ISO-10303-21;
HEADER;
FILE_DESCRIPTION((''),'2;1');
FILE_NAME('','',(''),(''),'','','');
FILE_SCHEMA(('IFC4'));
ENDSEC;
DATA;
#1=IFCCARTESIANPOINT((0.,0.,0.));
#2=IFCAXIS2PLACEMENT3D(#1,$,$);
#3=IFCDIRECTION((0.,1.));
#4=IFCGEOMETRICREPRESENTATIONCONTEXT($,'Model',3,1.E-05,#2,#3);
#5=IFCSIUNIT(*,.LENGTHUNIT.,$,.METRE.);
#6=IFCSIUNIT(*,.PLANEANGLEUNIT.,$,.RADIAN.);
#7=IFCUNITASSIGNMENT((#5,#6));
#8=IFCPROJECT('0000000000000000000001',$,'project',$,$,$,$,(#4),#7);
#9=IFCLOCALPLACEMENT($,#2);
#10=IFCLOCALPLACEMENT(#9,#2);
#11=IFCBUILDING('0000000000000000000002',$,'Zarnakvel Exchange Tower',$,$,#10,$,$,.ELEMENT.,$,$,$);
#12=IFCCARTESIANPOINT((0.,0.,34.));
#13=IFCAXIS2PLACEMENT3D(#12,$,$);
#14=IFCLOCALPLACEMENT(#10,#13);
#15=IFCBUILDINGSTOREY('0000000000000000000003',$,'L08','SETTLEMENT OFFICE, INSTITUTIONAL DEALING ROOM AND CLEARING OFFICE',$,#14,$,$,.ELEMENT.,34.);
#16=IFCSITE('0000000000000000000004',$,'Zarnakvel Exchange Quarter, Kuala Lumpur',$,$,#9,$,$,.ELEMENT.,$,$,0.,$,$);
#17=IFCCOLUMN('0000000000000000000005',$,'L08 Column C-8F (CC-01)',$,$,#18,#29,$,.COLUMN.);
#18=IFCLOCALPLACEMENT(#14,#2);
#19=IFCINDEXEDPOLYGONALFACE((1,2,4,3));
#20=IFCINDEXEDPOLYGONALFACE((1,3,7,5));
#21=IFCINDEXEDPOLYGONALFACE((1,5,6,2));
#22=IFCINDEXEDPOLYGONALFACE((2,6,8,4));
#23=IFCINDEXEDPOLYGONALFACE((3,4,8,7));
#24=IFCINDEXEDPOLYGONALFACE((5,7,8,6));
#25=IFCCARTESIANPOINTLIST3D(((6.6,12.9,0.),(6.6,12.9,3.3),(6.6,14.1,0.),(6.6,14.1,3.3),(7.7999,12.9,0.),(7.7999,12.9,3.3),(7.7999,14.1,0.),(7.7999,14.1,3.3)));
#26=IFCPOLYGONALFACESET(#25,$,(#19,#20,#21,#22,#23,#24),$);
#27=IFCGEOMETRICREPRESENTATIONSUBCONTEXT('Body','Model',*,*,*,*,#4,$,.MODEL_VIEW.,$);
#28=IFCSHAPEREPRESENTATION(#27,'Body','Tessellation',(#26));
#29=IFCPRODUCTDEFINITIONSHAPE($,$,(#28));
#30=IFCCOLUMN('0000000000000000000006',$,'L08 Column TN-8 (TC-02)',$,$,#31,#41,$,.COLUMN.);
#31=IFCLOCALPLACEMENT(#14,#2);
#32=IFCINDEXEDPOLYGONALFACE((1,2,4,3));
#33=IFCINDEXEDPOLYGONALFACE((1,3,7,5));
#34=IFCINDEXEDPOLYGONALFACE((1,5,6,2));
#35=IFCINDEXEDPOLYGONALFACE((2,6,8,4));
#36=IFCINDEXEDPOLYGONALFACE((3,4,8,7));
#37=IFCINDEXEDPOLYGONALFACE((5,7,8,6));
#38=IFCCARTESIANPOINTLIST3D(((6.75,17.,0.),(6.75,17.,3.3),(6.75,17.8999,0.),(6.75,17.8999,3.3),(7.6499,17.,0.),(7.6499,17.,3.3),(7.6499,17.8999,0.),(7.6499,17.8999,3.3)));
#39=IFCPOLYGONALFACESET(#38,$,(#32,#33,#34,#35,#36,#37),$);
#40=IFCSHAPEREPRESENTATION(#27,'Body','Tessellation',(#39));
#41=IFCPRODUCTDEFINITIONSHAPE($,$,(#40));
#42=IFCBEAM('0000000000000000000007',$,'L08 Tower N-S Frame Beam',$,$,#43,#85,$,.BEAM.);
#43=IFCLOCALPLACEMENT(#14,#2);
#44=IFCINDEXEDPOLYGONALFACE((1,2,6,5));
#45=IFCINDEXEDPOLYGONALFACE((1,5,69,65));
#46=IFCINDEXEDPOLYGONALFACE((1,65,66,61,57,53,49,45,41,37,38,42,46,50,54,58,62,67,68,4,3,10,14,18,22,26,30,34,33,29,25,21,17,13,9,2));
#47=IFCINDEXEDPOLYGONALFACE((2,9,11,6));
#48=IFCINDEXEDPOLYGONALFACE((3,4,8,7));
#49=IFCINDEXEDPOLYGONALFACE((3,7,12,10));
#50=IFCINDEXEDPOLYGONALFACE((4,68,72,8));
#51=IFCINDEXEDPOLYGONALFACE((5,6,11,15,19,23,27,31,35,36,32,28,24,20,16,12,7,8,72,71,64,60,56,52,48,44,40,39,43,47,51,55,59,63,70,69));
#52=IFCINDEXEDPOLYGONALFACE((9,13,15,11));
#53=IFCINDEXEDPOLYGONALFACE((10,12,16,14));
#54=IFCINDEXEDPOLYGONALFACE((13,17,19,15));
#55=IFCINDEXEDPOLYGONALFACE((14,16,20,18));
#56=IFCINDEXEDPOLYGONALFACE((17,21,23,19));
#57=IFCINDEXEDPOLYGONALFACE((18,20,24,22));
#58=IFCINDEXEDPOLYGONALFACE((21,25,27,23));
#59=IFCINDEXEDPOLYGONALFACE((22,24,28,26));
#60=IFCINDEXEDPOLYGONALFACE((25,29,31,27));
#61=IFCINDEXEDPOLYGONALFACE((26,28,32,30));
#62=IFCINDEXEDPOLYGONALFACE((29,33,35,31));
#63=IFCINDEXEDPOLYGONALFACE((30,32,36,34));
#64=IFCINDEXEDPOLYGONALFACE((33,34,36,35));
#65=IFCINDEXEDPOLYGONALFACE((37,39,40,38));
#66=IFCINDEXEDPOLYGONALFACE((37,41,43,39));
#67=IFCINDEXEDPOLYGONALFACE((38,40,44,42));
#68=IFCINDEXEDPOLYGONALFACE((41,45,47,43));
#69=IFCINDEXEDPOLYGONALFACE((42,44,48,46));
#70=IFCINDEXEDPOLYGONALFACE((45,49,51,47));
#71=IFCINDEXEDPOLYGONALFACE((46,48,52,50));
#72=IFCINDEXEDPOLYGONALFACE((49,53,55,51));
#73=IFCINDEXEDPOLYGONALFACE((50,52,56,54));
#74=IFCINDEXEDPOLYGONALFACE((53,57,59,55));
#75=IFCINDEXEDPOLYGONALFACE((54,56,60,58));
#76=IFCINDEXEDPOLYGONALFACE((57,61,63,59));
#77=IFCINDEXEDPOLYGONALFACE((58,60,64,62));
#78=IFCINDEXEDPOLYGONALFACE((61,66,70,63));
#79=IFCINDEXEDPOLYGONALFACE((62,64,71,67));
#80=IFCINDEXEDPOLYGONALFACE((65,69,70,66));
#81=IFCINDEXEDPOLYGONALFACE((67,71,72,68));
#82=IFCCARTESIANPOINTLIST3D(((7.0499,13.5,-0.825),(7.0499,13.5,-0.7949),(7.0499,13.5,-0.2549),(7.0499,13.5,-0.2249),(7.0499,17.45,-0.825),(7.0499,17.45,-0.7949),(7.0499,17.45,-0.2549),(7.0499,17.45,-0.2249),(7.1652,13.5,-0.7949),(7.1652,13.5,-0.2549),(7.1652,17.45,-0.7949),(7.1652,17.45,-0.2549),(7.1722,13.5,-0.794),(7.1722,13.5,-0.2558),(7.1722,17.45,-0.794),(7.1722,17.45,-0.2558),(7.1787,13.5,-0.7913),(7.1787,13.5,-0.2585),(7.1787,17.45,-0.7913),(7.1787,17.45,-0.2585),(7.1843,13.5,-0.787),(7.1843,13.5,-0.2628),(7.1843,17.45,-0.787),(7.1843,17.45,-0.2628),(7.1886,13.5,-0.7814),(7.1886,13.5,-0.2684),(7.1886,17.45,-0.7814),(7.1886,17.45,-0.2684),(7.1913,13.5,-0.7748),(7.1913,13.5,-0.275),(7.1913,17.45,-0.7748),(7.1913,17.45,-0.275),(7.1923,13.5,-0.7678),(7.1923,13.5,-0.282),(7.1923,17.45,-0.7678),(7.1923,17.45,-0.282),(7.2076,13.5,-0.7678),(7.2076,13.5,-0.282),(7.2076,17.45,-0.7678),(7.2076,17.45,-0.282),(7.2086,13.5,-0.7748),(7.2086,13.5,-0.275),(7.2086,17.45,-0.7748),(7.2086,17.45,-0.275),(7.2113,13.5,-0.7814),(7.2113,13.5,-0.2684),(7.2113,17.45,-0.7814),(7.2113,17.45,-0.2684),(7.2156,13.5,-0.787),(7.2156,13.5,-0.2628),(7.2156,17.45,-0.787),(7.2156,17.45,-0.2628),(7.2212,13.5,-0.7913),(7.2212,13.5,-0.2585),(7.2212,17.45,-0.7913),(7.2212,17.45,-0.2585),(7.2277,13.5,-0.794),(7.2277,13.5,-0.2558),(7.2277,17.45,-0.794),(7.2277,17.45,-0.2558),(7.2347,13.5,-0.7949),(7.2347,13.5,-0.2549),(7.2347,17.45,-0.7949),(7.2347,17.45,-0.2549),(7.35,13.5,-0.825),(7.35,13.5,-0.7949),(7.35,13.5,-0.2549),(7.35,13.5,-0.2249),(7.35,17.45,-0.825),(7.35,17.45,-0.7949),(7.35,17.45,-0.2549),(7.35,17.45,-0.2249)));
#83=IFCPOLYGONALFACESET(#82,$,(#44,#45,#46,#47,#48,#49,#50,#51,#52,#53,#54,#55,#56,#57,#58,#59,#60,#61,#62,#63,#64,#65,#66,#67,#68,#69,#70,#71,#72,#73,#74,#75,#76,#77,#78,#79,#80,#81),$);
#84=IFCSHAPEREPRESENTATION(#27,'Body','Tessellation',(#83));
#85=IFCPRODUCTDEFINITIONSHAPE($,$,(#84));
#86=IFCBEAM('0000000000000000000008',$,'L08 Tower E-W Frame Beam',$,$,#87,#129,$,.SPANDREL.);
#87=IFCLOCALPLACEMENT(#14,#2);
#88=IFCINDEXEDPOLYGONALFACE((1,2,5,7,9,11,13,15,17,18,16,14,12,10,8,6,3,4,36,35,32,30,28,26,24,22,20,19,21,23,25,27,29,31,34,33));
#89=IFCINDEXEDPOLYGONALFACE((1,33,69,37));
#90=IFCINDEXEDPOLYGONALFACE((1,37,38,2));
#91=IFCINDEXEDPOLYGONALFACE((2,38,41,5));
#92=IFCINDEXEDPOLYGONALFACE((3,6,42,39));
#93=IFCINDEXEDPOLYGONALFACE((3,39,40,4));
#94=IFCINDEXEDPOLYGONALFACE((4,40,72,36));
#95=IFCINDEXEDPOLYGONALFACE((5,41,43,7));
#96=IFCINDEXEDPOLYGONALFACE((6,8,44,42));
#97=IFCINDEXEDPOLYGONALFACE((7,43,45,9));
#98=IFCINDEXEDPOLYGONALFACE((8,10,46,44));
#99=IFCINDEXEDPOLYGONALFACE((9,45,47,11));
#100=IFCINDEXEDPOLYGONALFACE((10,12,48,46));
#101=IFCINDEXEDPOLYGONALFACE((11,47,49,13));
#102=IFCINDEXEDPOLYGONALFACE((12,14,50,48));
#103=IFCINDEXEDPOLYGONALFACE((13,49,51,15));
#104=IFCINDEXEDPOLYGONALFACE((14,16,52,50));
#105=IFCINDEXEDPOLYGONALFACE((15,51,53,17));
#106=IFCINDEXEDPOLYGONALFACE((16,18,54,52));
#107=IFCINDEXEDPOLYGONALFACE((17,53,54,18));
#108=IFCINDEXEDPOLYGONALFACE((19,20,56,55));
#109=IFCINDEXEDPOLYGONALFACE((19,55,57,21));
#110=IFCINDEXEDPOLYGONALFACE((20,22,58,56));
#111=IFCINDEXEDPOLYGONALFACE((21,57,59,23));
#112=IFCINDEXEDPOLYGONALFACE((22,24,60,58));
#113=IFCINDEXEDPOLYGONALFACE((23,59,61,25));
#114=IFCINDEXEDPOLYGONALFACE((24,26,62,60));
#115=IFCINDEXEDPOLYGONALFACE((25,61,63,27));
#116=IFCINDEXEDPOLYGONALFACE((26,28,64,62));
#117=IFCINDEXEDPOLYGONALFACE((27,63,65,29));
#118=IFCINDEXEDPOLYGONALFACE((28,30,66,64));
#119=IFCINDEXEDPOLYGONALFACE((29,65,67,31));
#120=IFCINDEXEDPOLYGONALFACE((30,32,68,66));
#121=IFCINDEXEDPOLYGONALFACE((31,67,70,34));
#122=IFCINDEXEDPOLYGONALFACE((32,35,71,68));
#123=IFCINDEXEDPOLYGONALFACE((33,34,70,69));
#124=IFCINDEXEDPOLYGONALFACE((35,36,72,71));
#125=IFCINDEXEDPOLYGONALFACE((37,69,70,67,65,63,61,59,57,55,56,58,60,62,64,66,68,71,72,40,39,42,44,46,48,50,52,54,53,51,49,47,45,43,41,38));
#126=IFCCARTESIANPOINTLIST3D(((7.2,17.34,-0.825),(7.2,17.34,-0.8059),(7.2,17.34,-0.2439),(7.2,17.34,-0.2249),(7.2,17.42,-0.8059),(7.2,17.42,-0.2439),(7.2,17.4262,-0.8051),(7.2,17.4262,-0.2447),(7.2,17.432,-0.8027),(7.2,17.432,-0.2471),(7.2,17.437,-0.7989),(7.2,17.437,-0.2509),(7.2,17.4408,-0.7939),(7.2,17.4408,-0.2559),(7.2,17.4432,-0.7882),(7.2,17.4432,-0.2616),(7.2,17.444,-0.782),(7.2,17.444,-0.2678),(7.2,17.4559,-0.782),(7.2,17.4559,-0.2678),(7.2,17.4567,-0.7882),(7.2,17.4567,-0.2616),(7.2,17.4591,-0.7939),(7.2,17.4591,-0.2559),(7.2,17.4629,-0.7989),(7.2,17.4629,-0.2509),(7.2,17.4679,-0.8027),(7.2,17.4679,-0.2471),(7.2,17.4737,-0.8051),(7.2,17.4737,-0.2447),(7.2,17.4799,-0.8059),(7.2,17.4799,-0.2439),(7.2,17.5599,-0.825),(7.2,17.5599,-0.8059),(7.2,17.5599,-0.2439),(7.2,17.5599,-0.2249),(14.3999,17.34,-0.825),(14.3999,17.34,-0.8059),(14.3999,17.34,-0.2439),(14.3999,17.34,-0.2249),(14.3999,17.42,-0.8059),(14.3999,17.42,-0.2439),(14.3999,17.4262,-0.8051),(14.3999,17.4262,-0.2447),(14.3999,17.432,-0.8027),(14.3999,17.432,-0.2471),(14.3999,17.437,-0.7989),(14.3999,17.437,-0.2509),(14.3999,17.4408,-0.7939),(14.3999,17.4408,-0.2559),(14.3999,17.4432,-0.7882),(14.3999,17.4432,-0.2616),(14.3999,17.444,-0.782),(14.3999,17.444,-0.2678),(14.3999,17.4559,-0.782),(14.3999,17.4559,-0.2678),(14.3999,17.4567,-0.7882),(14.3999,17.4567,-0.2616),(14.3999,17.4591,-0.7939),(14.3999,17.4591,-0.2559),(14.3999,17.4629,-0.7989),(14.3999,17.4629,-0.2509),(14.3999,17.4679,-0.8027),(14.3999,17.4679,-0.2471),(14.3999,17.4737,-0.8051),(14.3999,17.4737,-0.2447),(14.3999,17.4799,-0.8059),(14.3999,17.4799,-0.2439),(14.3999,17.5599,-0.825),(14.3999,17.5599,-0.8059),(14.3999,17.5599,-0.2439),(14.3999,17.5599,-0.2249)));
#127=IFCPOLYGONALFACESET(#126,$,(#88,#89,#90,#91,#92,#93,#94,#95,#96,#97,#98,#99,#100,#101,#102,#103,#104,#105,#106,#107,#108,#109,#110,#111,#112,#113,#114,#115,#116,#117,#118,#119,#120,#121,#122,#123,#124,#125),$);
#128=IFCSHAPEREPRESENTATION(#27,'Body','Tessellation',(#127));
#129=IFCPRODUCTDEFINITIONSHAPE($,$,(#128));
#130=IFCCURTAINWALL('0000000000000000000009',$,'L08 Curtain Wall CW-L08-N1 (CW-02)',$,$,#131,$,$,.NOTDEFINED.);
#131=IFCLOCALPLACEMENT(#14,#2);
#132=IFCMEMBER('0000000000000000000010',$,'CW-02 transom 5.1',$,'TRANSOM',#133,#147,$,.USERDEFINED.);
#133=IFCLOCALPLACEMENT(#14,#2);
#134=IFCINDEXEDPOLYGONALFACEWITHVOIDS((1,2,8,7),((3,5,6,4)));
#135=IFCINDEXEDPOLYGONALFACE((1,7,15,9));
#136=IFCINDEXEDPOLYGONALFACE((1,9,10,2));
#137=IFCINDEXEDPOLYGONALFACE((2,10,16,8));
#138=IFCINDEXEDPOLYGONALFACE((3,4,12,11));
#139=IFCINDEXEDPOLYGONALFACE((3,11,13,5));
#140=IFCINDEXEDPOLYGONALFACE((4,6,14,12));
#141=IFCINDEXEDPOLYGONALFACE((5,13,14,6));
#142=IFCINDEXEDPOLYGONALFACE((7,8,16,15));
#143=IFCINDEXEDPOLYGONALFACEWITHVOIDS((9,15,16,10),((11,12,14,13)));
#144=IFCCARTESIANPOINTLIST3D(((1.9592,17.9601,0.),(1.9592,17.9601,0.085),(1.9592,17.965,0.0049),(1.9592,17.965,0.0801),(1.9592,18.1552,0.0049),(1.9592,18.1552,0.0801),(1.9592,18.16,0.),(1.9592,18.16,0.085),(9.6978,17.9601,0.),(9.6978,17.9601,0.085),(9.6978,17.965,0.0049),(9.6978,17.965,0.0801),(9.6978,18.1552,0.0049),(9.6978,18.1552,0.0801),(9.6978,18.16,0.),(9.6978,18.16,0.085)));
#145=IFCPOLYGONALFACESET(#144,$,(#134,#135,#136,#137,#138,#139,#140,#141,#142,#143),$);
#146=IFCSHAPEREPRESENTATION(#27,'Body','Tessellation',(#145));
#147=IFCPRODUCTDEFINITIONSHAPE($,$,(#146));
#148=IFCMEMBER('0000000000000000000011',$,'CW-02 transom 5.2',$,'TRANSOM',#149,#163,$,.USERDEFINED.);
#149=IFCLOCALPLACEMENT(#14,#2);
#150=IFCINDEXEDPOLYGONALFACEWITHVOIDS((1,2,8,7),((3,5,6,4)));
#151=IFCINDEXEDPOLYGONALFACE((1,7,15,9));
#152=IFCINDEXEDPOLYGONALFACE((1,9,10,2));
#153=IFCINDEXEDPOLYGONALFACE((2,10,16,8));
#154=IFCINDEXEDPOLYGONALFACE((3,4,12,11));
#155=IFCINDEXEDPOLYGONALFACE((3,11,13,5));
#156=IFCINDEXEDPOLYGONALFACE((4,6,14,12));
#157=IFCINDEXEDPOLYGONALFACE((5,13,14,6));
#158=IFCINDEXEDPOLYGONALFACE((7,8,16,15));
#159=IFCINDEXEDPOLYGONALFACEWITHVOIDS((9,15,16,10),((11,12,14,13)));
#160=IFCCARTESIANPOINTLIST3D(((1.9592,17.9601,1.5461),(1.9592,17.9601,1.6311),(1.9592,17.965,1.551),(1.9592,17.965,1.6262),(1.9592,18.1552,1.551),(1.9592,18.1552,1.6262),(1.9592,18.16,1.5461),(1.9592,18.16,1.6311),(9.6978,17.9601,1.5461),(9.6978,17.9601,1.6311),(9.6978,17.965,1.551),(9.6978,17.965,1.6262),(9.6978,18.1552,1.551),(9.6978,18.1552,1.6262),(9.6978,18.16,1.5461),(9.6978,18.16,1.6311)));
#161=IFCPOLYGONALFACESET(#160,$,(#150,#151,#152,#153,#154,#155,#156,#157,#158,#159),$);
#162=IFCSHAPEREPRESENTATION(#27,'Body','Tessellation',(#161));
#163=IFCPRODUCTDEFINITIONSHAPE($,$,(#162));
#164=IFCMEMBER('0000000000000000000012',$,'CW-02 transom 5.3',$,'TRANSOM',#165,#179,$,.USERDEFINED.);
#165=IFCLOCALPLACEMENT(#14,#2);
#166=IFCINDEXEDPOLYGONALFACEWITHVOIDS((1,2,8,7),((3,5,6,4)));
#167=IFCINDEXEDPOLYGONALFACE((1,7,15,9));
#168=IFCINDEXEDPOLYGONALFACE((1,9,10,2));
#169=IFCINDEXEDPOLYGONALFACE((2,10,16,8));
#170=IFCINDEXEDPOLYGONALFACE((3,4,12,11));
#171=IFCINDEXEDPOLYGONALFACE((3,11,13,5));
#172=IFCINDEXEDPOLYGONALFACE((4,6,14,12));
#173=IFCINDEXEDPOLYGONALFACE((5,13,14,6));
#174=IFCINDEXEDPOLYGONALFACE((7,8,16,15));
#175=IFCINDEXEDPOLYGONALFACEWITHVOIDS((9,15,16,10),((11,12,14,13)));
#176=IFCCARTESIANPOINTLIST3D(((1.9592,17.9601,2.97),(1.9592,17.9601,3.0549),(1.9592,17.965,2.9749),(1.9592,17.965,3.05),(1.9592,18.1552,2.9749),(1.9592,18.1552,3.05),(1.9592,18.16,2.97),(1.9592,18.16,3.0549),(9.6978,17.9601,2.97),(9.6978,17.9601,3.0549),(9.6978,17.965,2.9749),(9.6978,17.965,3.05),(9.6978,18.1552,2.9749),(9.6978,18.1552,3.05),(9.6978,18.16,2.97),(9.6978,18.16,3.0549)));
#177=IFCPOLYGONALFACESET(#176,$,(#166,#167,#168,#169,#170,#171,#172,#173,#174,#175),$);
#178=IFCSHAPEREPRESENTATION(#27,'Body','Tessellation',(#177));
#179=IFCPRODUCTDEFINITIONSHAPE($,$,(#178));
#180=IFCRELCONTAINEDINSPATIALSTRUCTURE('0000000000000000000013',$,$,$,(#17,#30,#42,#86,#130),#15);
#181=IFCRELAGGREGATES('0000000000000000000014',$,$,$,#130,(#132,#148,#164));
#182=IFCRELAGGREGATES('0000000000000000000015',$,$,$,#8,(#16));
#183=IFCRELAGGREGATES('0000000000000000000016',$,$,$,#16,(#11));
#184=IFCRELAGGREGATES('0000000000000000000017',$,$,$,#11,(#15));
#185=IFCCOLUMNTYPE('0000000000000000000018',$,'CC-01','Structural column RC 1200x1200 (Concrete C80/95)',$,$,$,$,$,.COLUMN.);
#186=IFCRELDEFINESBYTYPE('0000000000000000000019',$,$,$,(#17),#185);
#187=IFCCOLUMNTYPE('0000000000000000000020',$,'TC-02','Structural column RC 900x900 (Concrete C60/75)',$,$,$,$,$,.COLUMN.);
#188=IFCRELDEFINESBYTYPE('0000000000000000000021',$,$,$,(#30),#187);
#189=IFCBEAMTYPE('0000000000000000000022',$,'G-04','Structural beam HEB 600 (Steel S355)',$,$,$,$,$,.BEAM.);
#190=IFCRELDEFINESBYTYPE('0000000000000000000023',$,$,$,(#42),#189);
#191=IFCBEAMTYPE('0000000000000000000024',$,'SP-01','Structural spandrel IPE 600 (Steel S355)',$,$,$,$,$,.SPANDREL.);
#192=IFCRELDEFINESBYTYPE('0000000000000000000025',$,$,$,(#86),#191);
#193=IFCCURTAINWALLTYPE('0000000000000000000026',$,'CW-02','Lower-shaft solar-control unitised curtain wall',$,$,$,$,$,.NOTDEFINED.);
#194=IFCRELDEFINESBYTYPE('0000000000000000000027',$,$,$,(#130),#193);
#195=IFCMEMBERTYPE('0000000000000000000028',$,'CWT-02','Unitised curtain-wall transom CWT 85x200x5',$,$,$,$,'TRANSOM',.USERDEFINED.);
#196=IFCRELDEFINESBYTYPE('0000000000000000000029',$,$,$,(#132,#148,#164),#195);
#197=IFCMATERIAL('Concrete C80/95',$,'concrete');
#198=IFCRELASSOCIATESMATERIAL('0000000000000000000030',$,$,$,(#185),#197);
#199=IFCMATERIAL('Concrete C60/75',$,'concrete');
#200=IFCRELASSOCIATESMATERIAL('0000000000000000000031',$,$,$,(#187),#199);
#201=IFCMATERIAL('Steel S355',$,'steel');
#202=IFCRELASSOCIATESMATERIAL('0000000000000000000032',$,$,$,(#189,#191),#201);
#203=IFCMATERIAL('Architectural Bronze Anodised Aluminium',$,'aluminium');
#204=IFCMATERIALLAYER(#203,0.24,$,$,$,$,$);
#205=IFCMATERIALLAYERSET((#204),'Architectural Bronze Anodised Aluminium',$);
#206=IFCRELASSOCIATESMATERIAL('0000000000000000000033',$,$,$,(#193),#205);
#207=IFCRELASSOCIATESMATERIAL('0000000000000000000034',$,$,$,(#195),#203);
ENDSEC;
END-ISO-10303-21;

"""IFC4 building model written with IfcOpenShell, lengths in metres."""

from ifc_helpers import new_model, si_unit, direction, frame, origin, origin_2d, place, context, subcontext, project, spatial, rectangle, hollow_rectangle, i_section, extrude, source, transform, mapped, material, layer, layer_set, material_profile, profile_set, type_object, element, aggregate, save


model = new_model("IFC4")

# Units and contexts
model_context = context("Model", 3, precision=1e-05, world=origin(), true_north=direction((0.0, 1.0)))
body_context = subcontext(model_context, "Body", "Model", "MODEL_VIEW")
ifc_project = project(units=[si_unit("LENGTHUNIT", "METRE"), si_unit("PLANEANGLEUNIT", "RADIAN")], contexts=[model_context])

# Site, building, storey
site_placement = place(None, origin())
site = spatial("IfcSite", under=ifc_project, at=site_placement, Name="Zarnakvel Exchange Quarter, Kuala Lumpur", CompositionType="ELEMENT", RefElevation=0.0)
building_placement = place(site_placement, origin())
building = spatial("IfcBuilding", under=site, at=building_placement, Name="Zarnakvel Exchange Tower", CompositionType="ELEMENT")
storey_placement = place(building_placement, frame((0.0, 0.0, 34.0)))
storey = spatial("IfcBuildingStorey", under=building, at=storey_placement, Name="L08", Description="SETTLEMENT OFFICE, INSTITUTIONAL DEALING ROOM AND CLEARING OFFICE", CompositionType="ELEMENT", Elevation=34.0)

# Columns
ifc_material_1 = material(Name="Concrete C80/95", Category="concrete")
ifc_material_profile_1 = material_profile(ifc_material_1, rectangle(XDim=1.2, YDim=1.2, at=origin_2d()))
ifc_profile_set_1 = profile_set([ifc_material_profile_1], Name="Concrete C80/95")
column_type_1 = type_object("IfcColumnType", Name="CC-01", Description="Structural column RC 1200x1200 (Concrete C80/95)", PredefinedType="COLUMN", material=ifc_profile_set_1)
column_1_placement = place(storey_placement, frame((7.2, 13.5, 0.0), z_axis=(0.0, 0.0, 1.0), x_axis=(1.0, 0.0, 0.0)))
element("IfcColumn", 1, at=column_1_placement, inside=storey, type_object=column_type_1, Name="L08 Column C-8F (CC-01)", PredefinedType="COLUMN", context=body_context, shape_type="SweptSolid", body=[
    extrude(rectangle(XDim=1.2, YDim=1.2, at=origin_2d()), origin(), (0.0, 0.0, 1.0), 3.3),
])
ifc_material_2 = material(Name="Concrete C60/75", Category="concrete")
ifc_material_profile_2 = material_profile(ifc_material_2, rectangle(XDim=0.8999, YDim=0.8999, at=origin_2d()))
ifc_profile_set_2 = profile_set([ifc_material_profile_2], Name="Concrete C60/75")
column_type_2 = type_object("IfcColumnType", Name="TC-02", Description="Structural column RC 900x900 (Concrete C60/75)", PredefinedType="COLUMN", material=ifc_profile_set_2)
column_2_placement = place(storey_placement, frame((7.2, 17.45, 0.0), z_axis=(0.0, 0.0, 1.0), x_axis=(1.0, 0.0, 0.0)))
element("IfcColumn", 2, at=column_2_placement, inside=storey, type_object=column_type_2, Name="L08 Column TN-8 (TC-02)", PredefinedType="COLUMN", context=body_context, shape_type="SweptSolid", body=[
    extrude(rectangle(XDim=0.8999, YDim=0.8999, at=origin_2d()), origin(), (0.0, 0.0, 1.0), 3.3),
])

# Beams
ifc_material_3 = material(Name="Steel S355", Category="steel")
ifc_material_profile_3 = material_profile(ifc_material_3, i_section(OverallWidth=0.3, OverallDepth=0.6001, WebThickness=0.0154, FlangeThickness=0.03, FilletRadius=0.0271, at=origin_2d()))
ifc_profile_set_3 = profile_set([ifc_material_profile_3], Name="Steel S355")
beam_type_1 = type_object("IfcBeamType", Name="G-04", Description="Structural beam HEB 600 (Steel S355)", PredefinedType="BEAM", material=ifc_profile_set_3)
beam_1_placement = place(storey_placement, frame((7.2, 13.5, -0.5249), z_axis=(0.0, 1.0, 0.0), x_axis=(-1.0, 0.0, 0.0)))
element("IfcBeam", 3, at=beam_1_placement, inside=storey, type_object=beam_type_1, Name="L08 Tower N-S Frame Beam", PredefinedType="BEAM", context=body_context, shape_type="SweptSolid", body=[
    extrude(i_section(OverallWidth=0.3, OverallDepth=0.6001, WebThickness=0.0154, FlangeThickness=0.03, FilletRadius=0.0271, at=origin_2d()), origin(), (0.0, 0.0, 1.0), 3.95),
])
ifc_material_profile_4 = material_profile(ifc_material_3, i_section(OverallWidth=0.22, OverallDepth=0.6001, WebThickness=0.012, FlangeThickness=0.019, FilletRadius=0.0239, at=origin_2d()))
ifc_profile_set_4 = profile_set([ifc_material_profile_4], Name="Steel S355")
beam_type_2 = type_object("IfcBeamType", Name="SP-01", Description="Structural spandrel IPE 600 (Steel S355)", PredefinedType="SPANDREL", material=ifc_profile_set_4)
beam_2_placement = place(storey_placement, frame((7.2, 17.45, -0.5249), z_axis=(1.0, 0.0, 0.0), x_axis=(0.0, 1.0, 0.0)))
element("IfcBeam", 4, at=beam_2_placement, inside=storey, type_object=beam_type_2, Name="L08 Tower E-W Frame Beam", PredefinedType="SPANDREL", context=body_context, shape_type="SweptSolid", body=[
    extrude(i_section(OverallWidth=0.22, OverallDepth=0.6001, WebThickness=0.012, FlangeThickness=0.019, FilletRadius=0.0239, at=origin_2d()), origin(), (0.0, 0.0, 1.0), 7.2),
])

# Curtain wall, members
ifc_material_4 = material(Name="Architectural Bronze Anodised Aluminium", Category="aluminium")
ifc_layer_1 = layer(ifc_material_4, 0.24)
ifc_layer_set_1 = layer_set([ifc_layer_1], Name="Architectural Bronze Anodised Aluminium")
curtain_wall_type = type_object("IfcCurtainWallType", Name="CW-02", Description="Lower-shaft solar-control unitised curtain wall", PredefinedType="NOTDEFINED", material=ifc_layer_set_1)
curtain_wall_placement = place(storey_placement, origin())
curtain_wall = element("IfcCurtainWall", 5, at=curtain_wall_placement, inside=storey, type_object=curtain_wall_type, Name="L08 Curtain Wall CW-L08-N1 (CW-02)", PredefinedType="NOTDEFINED")
ifc_material_profile_5 = material_profile(ifc_material_4, hollow_rectangle(XDim=0.2, YDim=0.085, WallThickness=0.0049, at=origin_2d()))
ifc_profile_set_5 = profile_set([ifc_material_profile_5], Name="Architectural Bronze Anodised Aluminium")
member_type_1 = type_object("IfcMemberType", Name="CWT-02", Description="Unitised curtain-wall transom CWT 85x200x5", ElementType="TRANSOM", PredefinedType="USERDEFINED", material=ifc_profile_set_5)
shared_shape_1 = source(origin(), body_context, "Body", "SweptSolid", [
    extrude(hollow_rectangle(XDim=0.2, YDim=0.085, WallThickness=0.0049, at=origin_2d()), origin(), (0.0, 0.0, 1.0), 7.7385),
])
member_1_placement = place(storey_placement, frame((1.9592, 18.0601, 0.0425), z_axis=(1.0, 0.0, 0.0), x_axis=(0.0, 1.0, 0.0)))
member_1 = element("IfcMember", 6, at=member_1_placement, type_object=member_type_1, Name="CW-02 transom 5.1", ObjectType="TRANSOM", PredefinedType="USERDEFINED", context=body_context, shape_type="MappedRepresentation", body=[
    mapped(shared_shape_1, transform((0.0, 0.0, 0.0), x_axis=(1.0, 0.0, 0.0), y_axis=(0.0, 1.0, 0.0), z_axis=(0.0, 0.0, 1.0), scale=1.0)),
])
member_2_placement = place(storey_placement, frame((1.9592, 18.0601, 1.5886), z_axis=(1.0, 0.0, 0.0), x_axis=(0.0, 1.0, 0.0)))
member_2 = element("IfcMember", 7, at=member_2_placement, type_object=member_type_1, Name="CW-02 transom 5.2", ObjectType="TRANSOM", PredefinedType="USERDEFINED", context=body_context, shape_type="MappedRepresentation", body=[
    mapped(shared_shape_1, transform((0.0, 0.0, 0.0), x_axis=(1.0, 0.0, 0.0), y_axis=(0.0, 1.0, 0.0), z_axis=(0.0, 0.0, 1.0), scale=1.0)),
])
member_3_placement = place(storey_placement, frame((1.9592, 18.0601, 3.0125), z_axis=(1.0, 0.0, 0.0), x_axis=(0.0, 1.0, 0.0)))
member_3 = element("IfcMember", 8, at=member_3_placement, type_object=member_type_1, Name="CW-02 transom 5.3", ObjectType="TRANSOM", PredefinedType="USERDEFINED", context=body_context, shape_type="MappedRepresentation", body=[
    mapped(shared_shape_1, transform((0.0, 0.0, 0.0), x_axis=(1.0, 0.0, 0.0), y_axis=(0.0, 1.0, 0.0), z_axis=(0.0, 0.0, 1.0), scale=1.0)),
])
aggregate(curtain_wall, [member_1, member_2, member_3])

save(model, "model.ifc")
